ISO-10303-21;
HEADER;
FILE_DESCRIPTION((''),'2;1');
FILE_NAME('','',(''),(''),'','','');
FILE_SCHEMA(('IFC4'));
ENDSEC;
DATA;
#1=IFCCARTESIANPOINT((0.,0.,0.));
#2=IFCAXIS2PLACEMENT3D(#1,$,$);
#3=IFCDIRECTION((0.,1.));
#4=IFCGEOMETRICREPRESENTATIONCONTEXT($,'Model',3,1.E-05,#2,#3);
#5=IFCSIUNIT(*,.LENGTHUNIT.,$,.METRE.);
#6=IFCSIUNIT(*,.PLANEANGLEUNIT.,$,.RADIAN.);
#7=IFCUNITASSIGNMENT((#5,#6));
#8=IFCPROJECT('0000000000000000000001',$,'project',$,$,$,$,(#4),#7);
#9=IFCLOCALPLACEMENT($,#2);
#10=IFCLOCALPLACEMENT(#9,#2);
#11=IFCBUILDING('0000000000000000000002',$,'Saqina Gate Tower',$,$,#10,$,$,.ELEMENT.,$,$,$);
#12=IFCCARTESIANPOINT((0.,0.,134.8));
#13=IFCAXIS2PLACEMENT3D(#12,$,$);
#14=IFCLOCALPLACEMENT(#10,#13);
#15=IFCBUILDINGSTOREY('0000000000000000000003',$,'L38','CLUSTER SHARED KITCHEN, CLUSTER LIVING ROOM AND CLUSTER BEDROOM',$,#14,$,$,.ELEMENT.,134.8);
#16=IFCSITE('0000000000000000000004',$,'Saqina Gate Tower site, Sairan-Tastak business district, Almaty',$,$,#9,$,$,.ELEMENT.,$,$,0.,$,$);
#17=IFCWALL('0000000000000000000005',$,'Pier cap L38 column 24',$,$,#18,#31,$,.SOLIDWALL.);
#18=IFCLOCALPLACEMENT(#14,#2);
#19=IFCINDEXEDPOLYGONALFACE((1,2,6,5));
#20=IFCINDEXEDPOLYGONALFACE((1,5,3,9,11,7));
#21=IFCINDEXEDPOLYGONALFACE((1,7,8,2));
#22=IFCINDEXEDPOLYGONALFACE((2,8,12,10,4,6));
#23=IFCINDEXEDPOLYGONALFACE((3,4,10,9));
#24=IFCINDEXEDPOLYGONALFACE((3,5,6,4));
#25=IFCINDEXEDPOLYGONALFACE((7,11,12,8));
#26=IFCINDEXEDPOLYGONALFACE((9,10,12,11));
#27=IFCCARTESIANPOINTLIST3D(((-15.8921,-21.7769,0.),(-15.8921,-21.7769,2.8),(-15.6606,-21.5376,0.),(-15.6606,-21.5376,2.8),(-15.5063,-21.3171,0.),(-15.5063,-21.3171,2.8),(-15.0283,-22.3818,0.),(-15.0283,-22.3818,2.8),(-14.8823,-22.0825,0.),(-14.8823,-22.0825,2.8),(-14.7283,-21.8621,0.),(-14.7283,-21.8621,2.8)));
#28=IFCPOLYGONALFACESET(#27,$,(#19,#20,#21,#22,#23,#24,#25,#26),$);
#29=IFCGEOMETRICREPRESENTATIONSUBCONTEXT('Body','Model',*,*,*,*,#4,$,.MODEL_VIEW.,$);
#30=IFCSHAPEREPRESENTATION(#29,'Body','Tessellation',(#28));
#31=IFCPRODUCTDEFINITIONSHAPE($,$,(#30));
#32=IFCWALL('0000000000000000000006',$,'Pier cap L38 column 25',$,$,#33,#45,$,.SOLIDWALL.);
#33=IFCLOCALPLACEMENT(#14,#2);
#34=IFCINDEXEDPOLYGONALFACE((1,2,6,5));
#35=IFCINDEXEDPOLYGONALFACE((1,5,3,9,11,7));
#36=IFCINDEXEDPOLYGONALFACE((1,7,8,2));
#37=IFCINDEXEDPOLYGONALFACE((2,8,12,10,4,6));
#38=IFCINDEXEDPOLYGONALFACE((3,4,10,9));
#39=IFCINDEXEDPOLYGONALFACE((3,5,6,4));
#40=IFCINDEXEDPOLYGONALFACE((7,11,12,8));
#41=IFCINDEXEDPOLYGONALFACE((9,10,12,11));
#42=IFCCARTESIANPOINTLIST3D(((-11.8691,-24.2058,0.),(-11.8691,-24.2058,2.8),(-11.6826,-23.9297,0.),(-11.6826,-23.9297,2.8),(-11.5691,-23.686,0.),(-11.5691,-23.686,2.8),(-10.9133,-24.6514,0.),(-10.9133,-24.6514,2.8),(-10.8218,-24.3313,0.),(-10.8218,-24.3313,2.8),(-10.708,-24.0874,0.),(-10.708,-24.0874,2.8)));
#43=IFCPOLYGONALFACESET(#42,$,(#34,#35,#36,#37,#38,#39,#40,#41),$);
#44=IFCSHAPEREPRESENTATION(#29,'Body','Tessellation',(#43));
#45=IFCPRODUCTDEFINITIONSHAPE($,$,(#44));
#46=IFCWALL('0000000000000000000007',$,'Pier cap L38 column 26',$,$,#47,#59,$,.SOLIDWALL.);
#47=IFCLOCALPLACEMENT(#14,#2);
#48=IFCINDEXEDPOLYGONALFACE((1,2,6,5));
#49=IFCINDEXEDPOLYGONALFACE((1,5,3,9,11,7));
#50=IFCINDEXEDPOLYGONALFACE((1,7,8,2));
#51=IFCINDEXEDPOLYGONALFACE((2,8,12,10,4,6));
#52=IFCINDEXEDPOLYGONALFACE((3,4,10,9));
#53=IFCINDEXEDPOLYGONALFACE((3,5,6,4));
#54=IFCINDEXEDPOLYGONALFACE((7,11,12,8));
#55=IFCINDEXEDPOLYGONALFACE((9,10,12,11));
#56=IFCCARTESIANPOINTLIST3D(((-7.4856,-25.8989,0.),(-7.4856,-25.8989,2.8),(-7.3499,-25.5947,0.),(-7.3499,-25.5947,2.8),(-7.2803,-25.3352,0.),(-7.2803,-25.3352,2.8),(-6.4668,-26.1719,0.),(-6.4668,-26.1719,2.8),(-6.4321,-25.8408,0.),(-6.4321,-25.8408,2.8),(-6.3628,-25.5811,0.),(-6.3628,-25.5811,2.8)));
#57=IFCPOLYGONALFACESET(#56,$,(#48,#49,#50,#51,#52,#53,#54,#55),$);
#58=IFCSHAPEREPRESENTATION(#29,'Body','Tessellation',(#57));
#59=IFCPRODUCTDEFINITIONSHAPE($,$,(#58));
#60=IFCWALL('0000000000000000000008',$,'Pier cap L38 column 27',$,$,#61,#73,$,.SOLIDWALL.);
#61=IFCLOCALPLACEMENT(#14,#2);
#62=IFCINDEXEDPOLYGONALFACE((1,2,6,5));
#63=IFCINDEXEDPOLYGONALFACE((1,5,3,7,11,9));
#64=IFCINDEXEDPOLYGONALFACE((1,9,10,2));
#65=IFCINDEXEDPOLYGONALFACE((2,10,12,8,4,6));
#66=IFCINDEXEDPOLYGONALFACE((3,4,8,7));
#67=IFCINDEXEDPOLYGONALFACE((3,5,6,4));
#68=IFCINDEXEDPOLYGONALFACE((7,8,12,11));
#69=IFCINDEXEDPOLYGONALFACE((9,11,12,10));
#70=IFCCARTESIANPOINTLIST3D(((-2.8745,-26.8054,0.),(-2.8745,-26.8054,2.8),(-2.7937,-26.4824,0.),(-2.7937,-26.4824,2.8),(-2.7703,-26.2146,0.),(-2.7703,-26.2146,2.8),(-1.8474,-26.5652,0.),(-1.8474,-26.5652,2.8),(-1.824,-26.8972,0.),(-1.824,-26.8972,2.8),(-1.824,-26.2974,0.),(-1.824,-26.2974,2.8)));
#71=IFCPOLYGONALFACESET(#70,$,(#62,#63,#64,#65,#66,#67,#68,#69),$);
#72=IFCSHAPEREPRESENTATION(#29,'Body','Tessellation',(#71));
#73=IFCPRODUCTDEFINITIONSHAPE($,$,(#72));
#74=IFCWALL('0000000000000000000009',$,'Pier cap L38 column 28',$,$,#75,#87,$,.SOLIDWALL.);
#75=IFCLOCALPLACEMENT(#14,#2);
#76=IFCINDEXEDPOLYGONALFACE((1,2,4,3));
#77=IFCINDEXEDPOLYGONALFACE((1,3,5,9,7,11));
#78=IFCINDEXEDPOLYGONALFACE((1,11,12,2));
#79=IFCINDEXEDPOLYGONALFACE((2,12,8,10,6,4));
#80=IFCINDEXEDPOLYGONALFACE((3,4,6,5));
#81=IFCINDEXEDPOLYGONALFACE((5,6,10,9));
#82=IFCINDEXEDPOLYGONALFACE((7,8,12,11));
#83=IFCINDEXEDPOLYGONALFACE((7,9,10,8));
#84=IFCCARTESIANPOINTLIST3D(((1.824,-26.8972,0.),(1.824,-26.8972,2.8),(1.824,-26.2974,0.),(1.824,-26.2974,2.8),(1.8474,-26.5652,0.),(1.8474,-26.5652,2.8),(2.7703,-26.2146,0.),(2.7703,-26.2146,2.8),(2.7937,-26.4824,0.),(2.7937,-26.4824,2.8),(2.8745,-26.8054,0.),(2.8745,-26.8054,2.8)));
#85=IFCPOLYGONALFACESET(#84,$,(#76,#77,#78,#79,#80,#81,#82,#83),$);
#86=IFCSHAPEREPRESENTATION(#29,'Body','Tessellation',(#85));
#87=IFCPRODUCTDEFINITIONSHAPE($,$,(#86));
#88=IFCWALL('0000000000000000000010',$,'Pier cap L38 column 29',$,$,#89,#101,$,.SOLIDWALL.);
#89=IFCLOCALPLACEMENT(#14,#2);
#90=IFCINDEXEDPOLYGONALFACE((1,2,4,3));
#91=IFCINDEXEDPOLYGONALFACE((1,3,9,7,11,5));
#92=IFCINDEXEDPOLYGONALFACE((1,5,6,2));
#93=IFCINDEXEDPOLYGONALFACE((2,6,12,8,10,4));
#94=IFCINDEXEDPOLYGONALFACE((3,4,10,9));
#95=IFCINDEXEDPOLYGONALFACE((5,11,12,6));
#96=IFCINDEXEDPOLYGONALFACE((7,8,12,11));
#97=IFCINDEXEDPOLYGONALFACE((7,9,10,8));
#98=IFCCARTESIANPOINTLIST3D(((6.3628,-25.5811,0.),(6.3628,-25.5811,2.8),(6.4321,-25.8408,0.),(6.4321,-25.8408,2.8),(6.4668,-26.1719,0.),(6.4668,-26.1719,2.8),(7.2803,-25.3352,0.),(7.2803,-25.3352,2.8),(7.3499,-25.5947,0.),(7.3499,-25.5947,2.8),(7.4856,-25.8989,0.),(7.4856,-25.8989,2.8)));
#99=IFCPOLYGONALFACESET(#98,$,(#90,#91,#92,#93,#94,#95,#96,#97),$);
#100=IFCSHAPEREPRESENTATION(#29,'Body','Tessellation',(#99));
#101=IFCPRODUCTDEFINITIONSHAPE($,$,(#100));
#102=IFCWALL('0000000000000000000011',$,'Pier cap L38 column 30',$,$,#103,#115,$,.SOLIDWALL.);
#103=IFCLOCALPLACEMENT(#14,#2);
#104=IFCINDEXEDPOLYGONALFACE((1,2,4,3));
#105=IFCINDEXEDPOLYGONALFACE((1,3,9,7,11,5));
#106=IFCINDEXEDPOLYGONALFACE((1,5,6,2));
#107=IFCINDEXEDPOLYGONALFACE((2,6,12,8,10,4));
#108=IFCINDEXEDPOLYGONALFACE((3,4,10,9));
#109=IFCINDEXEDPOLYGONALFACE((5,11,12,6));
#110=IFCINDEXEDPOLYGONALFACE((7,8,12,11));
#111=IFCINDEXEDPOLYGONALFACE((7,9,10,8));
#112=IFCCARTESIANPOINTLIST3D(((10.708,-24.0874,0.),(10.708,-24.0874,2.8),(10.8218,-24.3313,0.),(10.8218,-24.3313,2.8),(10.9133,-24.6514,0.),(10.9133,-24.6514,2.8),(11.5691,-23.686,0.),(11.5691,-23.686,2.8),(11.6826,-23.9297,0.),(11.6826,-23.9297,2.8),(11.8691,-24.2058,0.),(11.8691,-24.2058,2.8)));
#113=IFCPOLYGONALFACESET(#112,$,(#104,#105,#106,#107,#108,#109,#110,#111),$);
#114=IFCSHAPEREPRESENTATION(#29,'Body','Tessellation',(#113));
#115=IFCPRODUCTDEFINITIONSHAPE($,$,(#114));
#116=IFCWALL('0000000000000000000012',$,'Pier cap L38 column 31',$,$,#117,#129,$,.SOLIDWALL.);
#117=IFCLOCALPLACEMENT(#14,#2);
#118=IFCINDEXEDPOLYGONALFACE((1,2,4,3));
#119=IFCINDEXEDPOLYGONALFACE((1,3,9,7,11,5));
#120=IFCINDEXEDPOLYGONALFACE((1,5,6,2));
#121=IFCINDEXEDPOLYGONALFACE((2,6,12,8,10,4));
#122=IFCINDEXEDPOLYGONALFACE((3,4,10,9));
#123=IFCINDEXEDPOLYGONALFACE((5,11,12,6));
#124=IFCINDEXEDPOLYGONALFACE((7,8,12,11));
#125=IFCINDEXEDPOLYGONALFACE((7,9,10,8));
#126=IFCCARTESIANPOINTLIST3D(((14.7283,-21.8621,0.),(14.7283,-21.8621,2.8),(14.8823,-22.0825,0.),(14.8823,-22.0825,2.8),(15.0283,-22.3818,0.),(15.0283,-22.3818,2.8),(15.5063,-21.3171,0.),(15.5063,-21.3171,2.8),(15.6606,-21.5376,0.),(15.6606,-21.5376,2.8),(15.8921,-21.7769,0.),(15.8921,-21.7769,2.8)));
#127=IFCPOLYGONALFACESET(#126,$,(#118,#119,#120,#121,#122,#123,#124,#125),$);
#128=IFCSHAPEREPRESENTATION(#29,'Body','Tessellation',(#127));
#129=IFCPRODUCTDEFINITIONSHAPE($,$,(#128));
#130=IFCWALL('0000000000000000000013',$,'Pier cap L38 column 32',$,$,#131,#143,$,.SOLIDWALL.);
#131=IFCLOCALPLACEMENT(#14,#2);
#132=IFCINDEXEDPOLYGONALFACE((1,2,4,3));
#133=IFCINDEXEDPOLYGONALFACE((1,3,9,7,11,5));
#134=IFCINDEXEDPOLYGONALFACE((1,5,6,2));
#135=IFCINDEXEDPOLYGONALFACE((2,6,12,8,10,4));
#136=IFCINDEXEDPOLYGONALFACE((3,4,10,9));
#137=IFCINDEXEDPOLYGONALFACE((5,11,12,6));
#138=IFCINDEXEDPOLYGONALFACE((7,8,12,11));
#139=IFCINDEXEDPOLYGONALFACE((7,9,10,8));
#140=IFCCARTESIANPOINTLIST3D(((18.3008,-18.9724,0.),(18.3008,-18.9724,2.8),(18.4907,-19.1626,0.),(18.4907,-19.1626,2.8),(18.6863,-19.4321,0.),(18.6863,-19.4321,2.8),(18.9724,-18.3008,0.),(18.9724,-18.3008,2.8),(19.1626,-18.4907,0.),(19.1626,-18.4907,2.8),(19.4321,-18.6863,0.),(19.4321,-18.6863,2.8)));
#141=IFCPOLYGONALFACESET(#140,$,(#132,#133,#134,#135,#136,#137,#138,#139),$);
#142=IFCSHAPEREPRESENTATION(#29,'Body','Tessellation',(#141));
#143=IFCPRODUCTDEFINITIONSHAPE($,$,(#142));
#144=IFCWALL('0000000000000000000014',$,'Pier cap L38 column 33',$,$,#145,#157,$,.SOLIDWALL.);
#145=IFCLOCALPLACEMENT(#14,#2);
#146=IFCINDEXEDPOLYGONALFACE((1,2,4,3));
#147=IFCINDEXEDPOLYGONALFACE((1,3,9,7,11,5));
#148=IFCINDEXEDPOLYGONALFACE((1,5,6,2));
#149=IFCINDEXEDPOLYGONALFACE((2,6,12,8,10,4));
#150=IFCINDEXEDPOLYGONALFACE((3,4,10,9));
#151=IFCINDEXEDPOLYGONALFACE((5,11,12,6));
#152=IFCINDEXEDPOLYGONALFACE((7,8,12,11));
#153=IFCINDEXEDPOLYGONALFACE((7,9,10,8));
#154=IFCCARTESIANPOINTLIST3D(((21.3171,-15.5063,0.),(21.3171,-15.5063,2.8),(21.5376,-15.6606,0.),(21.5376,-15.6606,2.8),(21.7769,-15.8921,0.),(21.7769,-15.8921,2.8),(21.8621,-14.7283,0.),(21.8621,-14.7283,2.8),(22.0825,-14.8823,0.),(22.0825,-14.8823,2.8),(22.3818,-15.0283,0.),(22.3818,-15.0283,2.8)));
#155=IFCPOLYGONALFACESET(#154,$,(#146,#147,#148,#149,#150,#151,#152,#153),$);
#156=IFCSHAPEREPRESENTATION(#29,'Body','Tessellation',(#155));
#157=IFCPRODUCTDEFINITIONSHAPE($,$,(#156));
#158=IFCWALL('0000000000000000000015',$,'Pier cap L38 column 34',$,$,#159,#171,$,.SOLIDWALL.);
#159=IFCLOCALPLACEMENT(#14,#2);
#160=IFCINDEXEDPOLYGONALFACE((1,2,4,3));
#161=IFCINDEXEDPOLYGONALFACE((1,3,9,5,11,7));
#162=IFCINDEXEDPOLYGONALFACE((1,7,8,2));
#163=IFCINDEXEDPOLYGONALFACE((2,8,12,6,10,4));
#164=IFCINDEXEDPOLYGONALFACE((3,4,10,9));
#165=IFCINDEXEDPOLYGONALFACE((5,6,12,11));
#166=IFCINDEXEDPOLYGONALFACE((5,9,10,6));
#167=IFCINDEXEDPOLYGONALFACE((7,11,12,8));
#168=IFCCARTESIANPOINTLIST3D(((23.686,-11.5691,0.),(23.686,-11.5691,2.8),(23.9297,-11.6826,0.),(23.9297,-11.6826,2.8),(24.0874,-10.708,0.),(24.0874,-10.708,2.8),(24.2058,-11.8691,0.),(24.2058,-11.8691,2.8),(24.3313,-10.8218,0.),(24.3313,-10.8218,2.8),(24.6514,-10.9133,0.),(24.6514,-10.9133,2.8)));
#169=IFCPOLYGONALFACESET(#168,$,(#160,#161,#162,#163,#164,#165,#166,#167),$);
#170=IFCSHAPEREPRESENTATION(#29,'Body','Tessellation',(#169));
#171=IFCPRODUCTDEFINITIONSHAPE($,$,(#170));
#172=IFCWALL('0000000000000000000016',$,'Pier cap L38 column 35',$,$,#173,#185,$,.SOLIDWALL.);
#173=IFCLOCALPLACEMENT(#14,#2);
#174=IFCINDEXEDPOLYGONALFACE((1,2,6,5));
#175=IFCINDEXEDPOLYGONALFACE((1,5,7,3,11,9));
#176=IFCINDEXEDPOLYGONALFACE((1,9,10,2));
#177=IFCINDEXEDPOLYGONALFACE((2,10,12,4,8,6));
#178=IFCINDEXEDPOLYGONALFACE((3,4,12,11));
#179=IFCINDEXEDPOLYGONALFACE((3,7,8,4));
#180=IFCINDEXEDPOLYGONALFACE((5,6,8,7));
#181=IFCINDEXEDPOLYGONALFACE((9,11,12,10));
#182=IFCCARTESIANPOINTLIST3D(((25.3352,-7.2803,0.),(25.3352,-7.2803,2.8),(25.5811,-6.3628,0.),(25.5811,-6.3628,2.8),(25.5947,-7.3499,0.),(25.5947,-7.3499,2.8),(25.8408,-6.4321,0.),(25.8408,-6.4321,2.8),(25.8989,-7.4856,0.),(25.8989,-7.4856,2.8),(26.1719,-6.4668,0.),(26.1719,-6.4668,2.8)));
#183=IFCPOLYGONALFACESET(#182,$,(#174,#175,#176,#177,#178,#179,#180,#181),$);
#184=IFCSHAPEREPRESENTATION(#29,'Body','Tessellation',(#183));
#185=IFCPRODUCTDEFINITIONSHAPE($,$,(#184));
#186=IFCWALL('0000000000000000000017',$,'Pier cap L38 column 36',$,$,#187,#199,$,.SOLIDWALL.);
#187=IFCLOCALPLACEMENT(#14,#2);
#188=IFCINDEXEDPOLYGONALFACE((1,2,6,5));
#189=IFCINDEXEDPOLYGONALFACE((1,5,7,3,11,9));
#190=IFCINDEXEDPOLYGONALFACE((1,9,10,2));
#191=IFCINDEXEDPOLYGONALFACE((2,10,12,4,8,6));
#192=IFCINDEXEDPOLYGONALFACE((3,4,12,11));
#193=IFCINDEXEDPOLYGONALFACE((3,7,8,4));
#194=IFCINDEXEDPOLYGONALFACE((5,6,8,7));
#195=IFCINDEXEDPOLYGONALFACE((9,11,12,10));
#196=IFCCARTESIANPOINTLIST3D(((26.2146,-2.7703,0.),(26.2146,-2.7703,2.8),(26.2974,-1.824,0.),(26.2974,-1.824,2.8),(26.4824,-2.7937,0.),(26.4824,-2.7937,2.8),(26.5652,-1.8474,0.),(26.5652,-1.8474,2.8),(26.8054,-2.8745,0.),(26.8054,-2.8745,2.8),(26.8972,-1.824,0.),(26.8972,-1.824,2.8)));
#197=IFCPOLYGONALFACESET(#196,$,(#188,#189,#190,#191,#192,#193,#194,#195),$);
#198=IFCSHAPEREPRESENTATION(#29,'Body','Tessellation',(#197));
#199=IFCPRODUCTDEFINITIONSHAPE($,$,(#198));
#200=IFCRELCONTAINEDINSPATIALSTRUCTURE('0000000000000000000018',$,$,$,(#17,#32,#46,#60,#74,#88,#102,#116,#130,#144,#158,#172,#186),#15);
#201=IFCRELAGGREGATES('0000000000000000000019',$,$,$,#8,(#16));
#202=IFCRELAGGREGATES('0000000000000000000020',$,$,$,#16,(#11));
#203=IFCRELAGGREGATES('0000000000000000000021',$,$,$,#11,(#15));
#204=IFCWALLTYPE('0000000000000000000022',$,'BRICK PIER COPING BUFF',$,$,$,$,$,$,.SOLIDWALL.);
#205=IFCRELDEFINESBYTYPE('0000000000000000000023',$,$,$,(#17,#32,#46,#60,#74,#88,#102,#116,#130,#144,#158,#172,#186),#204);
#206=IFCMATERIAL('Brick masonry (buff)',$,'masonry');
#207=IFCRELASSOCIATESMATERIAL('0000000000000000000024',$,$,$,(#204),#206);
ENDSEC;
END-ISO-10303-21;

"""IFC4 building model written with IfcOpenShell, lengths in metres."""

from ifc_helpers import new_model, si_unit, direction, frame, origin, place, context, subcontext, project, spatial, polyline, outline, extrude, material, type_object, element, save


model = new_model("IFC4")

# Units and contexts
model_context = context("Model", 3, precision=1e-05, world=origin(), true_north=direction((0.0, 1.0)))
body_context = subcontext(model_context, "Body", "Model", "MODEL_VIEW")
ifc_project = project(units=[si_unit("LENGTHUNIT", "METRE"), si_unit("PLANEANGLEUNIT", "RADIAN")], contexts=[model_context])

# Site, building, storey
site_placement = place(None, origin())
site = spatial("IfcSite", under=ifc_project, at=site_placement, Name="Saqina Gate Tower site, Sairan-Tastak business district, Almaty", CompositionType="ELEMENT", RefElevation=0.0)
building_placement = place(site_placement, origin())
building = spatial("IfcBuilding", under=site, at=building_placement, Name="Saqina Gate Tower", CompositionType="ELEMENT")
storey_placement = place(building_placement, frame((0.0, 0.0, 134.8)))
storey = spatial("IfcBuildingStorey", under=building, at=storey_placement, Name="L38", Description="CLUSTER SHARED KITCHEN, CLUSTER LIVING ROOM AND CLUSTER BEDROOM", CompositionType="ELEMENT", Elevation=134.8)

# Walls
ifc_material_1 = material(Name="Brick masonry (buff)", Category="masonry")
wall_type_1 = type_object("IfcWallType", Name="BRICK PIER COPING BUFF", PredefinedType="SOLIDWALL", material=ifc_material_1)
wall_1_placement = place(storey_placement, origin())
element("IfcWall", 1, at=wall_1_placement, inside=storey, type_object=wall_type_1, Name="Pier cap L38 column 24", PredefinedType="SOLIDWALL", context=body_context, shape_type="SweptSolid", body=[
    extrude(outline(polyline([(-15.0283, -22.3818), (-14.7283, -21.8621), (-14.8823, -22.0825), (-15.6606, -21.5376), (-15.5063, -21.3171), (-15.8921, -21.7769), (-15.0283, -22.3818)])), origin(), (0.0, 0.0, 1.0), 2.8),
])
wall_2_placement = place(storey_placement, origin())
element("IfcWall", 2, at=wall_2_placement, inside=storey, type_object=wall_type_1, Name="Pier cap L38 column 25", PredefinedType="SOLIDWALL", context=body_context, shape_type="SweptSolid", body=[
    extrude(outline(polyline([(-10.9133, -24.6514), (-10.708, -24.0874), (-10.8218, -24.3313), (-11.6826, -23.9297), (-11.5691, -23.686), (-11.8691, -24.2058), (-10.9133, -24.6514)])), origin(), (0.0, 0.0, 1.0), 2.8),
])
wall_3_placement = place(storey_placement, origin())
element("IfcWall", 3, at=wall_3_placement, inside=storey, type_object=wall_type_1, Name="Pier cap L38 column 26", PredefinedType="SOLIDWALL", context=body_context, shape_type="SweptSolid", body=[
    extrude(outline(polyline([(-7.4856, -25.8989), (-6.4668, -26.1719), (-6.3628, -25.5811), (-6.4321, -25.8408), (-7.3499, -25.5947), (-7.2803, -25.3352), (-7.4856, -25.8989)])), origin(), (0.0, 0.0, 1.0), 2.8),
])
wall_4_placement = place(storey_placement, origin())
element("IfcWall", 4, at=wall_4_placement, inside=storey, type_object=wall_type_1, Name="Pier cap L38 column 27", PredefinedType="SOLIDWALL", context=body_context, shape_type="SweptSolid", body=[
    extrude(outline(polyline([(-2.8745, -26.8054), (-1.824, -26.8972), (-1.824, -26.2974), (-1.8474, -26.5652), (-2.7937, -26.4824), (-2.7703, -26.2146), (-2.8745, -26.8054)])), origin(), (0.0, 0.0, 1.0), 2.8),
])
wall_5_placement = place(storey_placement, origin())
element("IfcWall", 5, at=wall_5_placement, inside=storey, type_object=wall_type_1, Name="Pier cap L38 column 28", PredefinedType="SOLIDWALL", context=body_context, shape_type="SweptSolid", body=[
    extrude(outline(polyline([(2.8745, -26.8054), (2.7703, -26.2146), (2.7937, -26.4824), (1.8474, -26.5652), (1.824, -26.2974), (1.824, -26.8972), (2.8745, -26.8054)])), origin(), (0.0, 0.0, 1.0), 2.8),
])
wall_6_placement = place(storey_placement, origin())
element("IfcWall", 6, at=wall_6_placement, inside=storey, type_object=wall_type_1, Name="Pier cap L38 column 29", PredefinedType="SOLIDWALL", context=body_context, shape_type="SweptSolid", body=[
    extrude(outline(polyline([(6.4668, -26.1719), (7.4856, -25.8989), (7.2803, -25.3352), (7.3499, -25.5947), (6.4321, -25.8408), (6.3628, -25.5811), (6.4668, -26.1719)])), origin(), (0.0, 0.0, 1.0), 2.8),
])
wall_7_placement = place(storey_placement, origin())
element("IfcWall", 7, at=wall_7_placement, inside=storey, type_object=wall_type_1, Name="Pier cap L38 column 30", PredefinedType="SOLIDWALL", context=body_context, shape_type="SweptSolid", body=[
    extrude(outline(polyline([(10.9133, -24.6514), (11.8691, -24.2058), (11.5691, -23.686), (11.6826, -23.9297), (10.8218, -24.3313), (10.708, -24.0874), (10.9133, -24.6514)])), origin(), (0.0, 0.0, 1.0), 2.8),
])
wall_8_placement = place(storey_placement, origin())
element("IfcWall", 8, at=wall_8_placement, inside=storey, type_object=wall_type_1, Name="Pier cap L38 column 31", PredefinedType="SOLIDWALL", context=body_context, shape_type="SweptSolid", body=[
    extrude(outline(polyline([(15.8921, -21.7769), (15.5063, -21.3171), (15.6606, -21.5376), (14.8823, -22.0825), (14.7283, -21.8621), (15.0283, -22.3818), (15.8921, -21.7769)])), origin(), (0.0, 0.0, 1.0), 2.8),
])
wall_9_placement = place(storey_placement, origin())
element("IfcWall", 9, at=wall_9_placement, inside=storey, type_object=wall_type_1, Name="Pier cap L38 column 32", PredefinedType="SOLIDWALL", context=body_context, shape_type="SweptSolid", body=[
    extrude(outline(polyline([(18.6863, -19.4321), (19.4321, -18.6863), (18.9724, -18.3008), (19.1626, -18.4907), (18.4907, -19.1626), (18.3008, -18.9724), (18.6863, -19.4321)])), origin(), (0.0, 0.0, 1.0), 2.8),
])
wall_10_placement = place(storey_placement, origin())
element("IfcWall", 10, at=wall_10_placement, inside=storey, type_object=wall_type_1, Name="Pier cap L38 column 33", PredefinedType="SOLIDWALL", context=body_context, shape_type="SweptSolid", body=[
    extrude(outline(polyline([(22.3818, -15.0283), (21.8621, -14.7283), (22.0825, -14.8823), (21.5376, -15.6606), (21.3171, -15.5063), (21.7769, -15.8921), (22.3818, -15.0283)])), origin(), (0.0, 0.0, 1.0), 2.8),
])
wall_11_placement = place(storey_placement, origin())
element("IfcWall", 11, at=wall_11_placement, inside=storey, type_object=wall_type_1, Name="Pier cap L38 column 34", PredefinedType="SOLIDWALL", context=body_context, shape_type="SweptSolid", body=[
    extrude(outline(polyline([(24.6514, -10.9133), (24.0874, -10.708), (24.3313, -10.8218), (23.9297, -11.6826), (23.686, -11.5691), (24.2058, -11.8691), (24.6514, -10.9133)])), origin(), (0.0, 0.0, 1.0), 2.8),
])
wall_12_placement = place(storey_placement, origin())
element("IfcWall", 12, at=wall_12_placement, inside=storey, type_object=wall_type_1, Name="Pier cap L38 column 35", PredefinedType="SOLIDWALL", context=body_context, shape_type="SweptSolid", body=[
    extrude(outline(polyline([(25.8989, -7.4856), (26.1719, -6.4668), (25.5811, -6.3628), (25.8408, -6.4321), (25.5947, -7.3499), (25.3352, -7.2803), (25.8989, -7.4856)])), origin(), (0.0, 0.0, 1.0), 2.8),
])
wall_13_placement = place(storey_placement, origin())
element("IfcWall", 13, at=wall_13_placement, inside=storey, type_object=wall_type_1, Name="Pier cap L38 column 36", PredefinedType="SOLIDWALL", context=body_context, shape_type="SweptSolid", body=[
    extrude(outline(polyline([(26.8054, -2.8745), (26.8972, -1.824), (26.2974, -1.824), (26.5652, -1.8474), (26.4824, -2.7937), (26.2146, -2.7703), (26.8054, -2.8745)])), origin(), (0.0, 0.0, 1.0), 2.8),
])

save(model, "model.ifc")
